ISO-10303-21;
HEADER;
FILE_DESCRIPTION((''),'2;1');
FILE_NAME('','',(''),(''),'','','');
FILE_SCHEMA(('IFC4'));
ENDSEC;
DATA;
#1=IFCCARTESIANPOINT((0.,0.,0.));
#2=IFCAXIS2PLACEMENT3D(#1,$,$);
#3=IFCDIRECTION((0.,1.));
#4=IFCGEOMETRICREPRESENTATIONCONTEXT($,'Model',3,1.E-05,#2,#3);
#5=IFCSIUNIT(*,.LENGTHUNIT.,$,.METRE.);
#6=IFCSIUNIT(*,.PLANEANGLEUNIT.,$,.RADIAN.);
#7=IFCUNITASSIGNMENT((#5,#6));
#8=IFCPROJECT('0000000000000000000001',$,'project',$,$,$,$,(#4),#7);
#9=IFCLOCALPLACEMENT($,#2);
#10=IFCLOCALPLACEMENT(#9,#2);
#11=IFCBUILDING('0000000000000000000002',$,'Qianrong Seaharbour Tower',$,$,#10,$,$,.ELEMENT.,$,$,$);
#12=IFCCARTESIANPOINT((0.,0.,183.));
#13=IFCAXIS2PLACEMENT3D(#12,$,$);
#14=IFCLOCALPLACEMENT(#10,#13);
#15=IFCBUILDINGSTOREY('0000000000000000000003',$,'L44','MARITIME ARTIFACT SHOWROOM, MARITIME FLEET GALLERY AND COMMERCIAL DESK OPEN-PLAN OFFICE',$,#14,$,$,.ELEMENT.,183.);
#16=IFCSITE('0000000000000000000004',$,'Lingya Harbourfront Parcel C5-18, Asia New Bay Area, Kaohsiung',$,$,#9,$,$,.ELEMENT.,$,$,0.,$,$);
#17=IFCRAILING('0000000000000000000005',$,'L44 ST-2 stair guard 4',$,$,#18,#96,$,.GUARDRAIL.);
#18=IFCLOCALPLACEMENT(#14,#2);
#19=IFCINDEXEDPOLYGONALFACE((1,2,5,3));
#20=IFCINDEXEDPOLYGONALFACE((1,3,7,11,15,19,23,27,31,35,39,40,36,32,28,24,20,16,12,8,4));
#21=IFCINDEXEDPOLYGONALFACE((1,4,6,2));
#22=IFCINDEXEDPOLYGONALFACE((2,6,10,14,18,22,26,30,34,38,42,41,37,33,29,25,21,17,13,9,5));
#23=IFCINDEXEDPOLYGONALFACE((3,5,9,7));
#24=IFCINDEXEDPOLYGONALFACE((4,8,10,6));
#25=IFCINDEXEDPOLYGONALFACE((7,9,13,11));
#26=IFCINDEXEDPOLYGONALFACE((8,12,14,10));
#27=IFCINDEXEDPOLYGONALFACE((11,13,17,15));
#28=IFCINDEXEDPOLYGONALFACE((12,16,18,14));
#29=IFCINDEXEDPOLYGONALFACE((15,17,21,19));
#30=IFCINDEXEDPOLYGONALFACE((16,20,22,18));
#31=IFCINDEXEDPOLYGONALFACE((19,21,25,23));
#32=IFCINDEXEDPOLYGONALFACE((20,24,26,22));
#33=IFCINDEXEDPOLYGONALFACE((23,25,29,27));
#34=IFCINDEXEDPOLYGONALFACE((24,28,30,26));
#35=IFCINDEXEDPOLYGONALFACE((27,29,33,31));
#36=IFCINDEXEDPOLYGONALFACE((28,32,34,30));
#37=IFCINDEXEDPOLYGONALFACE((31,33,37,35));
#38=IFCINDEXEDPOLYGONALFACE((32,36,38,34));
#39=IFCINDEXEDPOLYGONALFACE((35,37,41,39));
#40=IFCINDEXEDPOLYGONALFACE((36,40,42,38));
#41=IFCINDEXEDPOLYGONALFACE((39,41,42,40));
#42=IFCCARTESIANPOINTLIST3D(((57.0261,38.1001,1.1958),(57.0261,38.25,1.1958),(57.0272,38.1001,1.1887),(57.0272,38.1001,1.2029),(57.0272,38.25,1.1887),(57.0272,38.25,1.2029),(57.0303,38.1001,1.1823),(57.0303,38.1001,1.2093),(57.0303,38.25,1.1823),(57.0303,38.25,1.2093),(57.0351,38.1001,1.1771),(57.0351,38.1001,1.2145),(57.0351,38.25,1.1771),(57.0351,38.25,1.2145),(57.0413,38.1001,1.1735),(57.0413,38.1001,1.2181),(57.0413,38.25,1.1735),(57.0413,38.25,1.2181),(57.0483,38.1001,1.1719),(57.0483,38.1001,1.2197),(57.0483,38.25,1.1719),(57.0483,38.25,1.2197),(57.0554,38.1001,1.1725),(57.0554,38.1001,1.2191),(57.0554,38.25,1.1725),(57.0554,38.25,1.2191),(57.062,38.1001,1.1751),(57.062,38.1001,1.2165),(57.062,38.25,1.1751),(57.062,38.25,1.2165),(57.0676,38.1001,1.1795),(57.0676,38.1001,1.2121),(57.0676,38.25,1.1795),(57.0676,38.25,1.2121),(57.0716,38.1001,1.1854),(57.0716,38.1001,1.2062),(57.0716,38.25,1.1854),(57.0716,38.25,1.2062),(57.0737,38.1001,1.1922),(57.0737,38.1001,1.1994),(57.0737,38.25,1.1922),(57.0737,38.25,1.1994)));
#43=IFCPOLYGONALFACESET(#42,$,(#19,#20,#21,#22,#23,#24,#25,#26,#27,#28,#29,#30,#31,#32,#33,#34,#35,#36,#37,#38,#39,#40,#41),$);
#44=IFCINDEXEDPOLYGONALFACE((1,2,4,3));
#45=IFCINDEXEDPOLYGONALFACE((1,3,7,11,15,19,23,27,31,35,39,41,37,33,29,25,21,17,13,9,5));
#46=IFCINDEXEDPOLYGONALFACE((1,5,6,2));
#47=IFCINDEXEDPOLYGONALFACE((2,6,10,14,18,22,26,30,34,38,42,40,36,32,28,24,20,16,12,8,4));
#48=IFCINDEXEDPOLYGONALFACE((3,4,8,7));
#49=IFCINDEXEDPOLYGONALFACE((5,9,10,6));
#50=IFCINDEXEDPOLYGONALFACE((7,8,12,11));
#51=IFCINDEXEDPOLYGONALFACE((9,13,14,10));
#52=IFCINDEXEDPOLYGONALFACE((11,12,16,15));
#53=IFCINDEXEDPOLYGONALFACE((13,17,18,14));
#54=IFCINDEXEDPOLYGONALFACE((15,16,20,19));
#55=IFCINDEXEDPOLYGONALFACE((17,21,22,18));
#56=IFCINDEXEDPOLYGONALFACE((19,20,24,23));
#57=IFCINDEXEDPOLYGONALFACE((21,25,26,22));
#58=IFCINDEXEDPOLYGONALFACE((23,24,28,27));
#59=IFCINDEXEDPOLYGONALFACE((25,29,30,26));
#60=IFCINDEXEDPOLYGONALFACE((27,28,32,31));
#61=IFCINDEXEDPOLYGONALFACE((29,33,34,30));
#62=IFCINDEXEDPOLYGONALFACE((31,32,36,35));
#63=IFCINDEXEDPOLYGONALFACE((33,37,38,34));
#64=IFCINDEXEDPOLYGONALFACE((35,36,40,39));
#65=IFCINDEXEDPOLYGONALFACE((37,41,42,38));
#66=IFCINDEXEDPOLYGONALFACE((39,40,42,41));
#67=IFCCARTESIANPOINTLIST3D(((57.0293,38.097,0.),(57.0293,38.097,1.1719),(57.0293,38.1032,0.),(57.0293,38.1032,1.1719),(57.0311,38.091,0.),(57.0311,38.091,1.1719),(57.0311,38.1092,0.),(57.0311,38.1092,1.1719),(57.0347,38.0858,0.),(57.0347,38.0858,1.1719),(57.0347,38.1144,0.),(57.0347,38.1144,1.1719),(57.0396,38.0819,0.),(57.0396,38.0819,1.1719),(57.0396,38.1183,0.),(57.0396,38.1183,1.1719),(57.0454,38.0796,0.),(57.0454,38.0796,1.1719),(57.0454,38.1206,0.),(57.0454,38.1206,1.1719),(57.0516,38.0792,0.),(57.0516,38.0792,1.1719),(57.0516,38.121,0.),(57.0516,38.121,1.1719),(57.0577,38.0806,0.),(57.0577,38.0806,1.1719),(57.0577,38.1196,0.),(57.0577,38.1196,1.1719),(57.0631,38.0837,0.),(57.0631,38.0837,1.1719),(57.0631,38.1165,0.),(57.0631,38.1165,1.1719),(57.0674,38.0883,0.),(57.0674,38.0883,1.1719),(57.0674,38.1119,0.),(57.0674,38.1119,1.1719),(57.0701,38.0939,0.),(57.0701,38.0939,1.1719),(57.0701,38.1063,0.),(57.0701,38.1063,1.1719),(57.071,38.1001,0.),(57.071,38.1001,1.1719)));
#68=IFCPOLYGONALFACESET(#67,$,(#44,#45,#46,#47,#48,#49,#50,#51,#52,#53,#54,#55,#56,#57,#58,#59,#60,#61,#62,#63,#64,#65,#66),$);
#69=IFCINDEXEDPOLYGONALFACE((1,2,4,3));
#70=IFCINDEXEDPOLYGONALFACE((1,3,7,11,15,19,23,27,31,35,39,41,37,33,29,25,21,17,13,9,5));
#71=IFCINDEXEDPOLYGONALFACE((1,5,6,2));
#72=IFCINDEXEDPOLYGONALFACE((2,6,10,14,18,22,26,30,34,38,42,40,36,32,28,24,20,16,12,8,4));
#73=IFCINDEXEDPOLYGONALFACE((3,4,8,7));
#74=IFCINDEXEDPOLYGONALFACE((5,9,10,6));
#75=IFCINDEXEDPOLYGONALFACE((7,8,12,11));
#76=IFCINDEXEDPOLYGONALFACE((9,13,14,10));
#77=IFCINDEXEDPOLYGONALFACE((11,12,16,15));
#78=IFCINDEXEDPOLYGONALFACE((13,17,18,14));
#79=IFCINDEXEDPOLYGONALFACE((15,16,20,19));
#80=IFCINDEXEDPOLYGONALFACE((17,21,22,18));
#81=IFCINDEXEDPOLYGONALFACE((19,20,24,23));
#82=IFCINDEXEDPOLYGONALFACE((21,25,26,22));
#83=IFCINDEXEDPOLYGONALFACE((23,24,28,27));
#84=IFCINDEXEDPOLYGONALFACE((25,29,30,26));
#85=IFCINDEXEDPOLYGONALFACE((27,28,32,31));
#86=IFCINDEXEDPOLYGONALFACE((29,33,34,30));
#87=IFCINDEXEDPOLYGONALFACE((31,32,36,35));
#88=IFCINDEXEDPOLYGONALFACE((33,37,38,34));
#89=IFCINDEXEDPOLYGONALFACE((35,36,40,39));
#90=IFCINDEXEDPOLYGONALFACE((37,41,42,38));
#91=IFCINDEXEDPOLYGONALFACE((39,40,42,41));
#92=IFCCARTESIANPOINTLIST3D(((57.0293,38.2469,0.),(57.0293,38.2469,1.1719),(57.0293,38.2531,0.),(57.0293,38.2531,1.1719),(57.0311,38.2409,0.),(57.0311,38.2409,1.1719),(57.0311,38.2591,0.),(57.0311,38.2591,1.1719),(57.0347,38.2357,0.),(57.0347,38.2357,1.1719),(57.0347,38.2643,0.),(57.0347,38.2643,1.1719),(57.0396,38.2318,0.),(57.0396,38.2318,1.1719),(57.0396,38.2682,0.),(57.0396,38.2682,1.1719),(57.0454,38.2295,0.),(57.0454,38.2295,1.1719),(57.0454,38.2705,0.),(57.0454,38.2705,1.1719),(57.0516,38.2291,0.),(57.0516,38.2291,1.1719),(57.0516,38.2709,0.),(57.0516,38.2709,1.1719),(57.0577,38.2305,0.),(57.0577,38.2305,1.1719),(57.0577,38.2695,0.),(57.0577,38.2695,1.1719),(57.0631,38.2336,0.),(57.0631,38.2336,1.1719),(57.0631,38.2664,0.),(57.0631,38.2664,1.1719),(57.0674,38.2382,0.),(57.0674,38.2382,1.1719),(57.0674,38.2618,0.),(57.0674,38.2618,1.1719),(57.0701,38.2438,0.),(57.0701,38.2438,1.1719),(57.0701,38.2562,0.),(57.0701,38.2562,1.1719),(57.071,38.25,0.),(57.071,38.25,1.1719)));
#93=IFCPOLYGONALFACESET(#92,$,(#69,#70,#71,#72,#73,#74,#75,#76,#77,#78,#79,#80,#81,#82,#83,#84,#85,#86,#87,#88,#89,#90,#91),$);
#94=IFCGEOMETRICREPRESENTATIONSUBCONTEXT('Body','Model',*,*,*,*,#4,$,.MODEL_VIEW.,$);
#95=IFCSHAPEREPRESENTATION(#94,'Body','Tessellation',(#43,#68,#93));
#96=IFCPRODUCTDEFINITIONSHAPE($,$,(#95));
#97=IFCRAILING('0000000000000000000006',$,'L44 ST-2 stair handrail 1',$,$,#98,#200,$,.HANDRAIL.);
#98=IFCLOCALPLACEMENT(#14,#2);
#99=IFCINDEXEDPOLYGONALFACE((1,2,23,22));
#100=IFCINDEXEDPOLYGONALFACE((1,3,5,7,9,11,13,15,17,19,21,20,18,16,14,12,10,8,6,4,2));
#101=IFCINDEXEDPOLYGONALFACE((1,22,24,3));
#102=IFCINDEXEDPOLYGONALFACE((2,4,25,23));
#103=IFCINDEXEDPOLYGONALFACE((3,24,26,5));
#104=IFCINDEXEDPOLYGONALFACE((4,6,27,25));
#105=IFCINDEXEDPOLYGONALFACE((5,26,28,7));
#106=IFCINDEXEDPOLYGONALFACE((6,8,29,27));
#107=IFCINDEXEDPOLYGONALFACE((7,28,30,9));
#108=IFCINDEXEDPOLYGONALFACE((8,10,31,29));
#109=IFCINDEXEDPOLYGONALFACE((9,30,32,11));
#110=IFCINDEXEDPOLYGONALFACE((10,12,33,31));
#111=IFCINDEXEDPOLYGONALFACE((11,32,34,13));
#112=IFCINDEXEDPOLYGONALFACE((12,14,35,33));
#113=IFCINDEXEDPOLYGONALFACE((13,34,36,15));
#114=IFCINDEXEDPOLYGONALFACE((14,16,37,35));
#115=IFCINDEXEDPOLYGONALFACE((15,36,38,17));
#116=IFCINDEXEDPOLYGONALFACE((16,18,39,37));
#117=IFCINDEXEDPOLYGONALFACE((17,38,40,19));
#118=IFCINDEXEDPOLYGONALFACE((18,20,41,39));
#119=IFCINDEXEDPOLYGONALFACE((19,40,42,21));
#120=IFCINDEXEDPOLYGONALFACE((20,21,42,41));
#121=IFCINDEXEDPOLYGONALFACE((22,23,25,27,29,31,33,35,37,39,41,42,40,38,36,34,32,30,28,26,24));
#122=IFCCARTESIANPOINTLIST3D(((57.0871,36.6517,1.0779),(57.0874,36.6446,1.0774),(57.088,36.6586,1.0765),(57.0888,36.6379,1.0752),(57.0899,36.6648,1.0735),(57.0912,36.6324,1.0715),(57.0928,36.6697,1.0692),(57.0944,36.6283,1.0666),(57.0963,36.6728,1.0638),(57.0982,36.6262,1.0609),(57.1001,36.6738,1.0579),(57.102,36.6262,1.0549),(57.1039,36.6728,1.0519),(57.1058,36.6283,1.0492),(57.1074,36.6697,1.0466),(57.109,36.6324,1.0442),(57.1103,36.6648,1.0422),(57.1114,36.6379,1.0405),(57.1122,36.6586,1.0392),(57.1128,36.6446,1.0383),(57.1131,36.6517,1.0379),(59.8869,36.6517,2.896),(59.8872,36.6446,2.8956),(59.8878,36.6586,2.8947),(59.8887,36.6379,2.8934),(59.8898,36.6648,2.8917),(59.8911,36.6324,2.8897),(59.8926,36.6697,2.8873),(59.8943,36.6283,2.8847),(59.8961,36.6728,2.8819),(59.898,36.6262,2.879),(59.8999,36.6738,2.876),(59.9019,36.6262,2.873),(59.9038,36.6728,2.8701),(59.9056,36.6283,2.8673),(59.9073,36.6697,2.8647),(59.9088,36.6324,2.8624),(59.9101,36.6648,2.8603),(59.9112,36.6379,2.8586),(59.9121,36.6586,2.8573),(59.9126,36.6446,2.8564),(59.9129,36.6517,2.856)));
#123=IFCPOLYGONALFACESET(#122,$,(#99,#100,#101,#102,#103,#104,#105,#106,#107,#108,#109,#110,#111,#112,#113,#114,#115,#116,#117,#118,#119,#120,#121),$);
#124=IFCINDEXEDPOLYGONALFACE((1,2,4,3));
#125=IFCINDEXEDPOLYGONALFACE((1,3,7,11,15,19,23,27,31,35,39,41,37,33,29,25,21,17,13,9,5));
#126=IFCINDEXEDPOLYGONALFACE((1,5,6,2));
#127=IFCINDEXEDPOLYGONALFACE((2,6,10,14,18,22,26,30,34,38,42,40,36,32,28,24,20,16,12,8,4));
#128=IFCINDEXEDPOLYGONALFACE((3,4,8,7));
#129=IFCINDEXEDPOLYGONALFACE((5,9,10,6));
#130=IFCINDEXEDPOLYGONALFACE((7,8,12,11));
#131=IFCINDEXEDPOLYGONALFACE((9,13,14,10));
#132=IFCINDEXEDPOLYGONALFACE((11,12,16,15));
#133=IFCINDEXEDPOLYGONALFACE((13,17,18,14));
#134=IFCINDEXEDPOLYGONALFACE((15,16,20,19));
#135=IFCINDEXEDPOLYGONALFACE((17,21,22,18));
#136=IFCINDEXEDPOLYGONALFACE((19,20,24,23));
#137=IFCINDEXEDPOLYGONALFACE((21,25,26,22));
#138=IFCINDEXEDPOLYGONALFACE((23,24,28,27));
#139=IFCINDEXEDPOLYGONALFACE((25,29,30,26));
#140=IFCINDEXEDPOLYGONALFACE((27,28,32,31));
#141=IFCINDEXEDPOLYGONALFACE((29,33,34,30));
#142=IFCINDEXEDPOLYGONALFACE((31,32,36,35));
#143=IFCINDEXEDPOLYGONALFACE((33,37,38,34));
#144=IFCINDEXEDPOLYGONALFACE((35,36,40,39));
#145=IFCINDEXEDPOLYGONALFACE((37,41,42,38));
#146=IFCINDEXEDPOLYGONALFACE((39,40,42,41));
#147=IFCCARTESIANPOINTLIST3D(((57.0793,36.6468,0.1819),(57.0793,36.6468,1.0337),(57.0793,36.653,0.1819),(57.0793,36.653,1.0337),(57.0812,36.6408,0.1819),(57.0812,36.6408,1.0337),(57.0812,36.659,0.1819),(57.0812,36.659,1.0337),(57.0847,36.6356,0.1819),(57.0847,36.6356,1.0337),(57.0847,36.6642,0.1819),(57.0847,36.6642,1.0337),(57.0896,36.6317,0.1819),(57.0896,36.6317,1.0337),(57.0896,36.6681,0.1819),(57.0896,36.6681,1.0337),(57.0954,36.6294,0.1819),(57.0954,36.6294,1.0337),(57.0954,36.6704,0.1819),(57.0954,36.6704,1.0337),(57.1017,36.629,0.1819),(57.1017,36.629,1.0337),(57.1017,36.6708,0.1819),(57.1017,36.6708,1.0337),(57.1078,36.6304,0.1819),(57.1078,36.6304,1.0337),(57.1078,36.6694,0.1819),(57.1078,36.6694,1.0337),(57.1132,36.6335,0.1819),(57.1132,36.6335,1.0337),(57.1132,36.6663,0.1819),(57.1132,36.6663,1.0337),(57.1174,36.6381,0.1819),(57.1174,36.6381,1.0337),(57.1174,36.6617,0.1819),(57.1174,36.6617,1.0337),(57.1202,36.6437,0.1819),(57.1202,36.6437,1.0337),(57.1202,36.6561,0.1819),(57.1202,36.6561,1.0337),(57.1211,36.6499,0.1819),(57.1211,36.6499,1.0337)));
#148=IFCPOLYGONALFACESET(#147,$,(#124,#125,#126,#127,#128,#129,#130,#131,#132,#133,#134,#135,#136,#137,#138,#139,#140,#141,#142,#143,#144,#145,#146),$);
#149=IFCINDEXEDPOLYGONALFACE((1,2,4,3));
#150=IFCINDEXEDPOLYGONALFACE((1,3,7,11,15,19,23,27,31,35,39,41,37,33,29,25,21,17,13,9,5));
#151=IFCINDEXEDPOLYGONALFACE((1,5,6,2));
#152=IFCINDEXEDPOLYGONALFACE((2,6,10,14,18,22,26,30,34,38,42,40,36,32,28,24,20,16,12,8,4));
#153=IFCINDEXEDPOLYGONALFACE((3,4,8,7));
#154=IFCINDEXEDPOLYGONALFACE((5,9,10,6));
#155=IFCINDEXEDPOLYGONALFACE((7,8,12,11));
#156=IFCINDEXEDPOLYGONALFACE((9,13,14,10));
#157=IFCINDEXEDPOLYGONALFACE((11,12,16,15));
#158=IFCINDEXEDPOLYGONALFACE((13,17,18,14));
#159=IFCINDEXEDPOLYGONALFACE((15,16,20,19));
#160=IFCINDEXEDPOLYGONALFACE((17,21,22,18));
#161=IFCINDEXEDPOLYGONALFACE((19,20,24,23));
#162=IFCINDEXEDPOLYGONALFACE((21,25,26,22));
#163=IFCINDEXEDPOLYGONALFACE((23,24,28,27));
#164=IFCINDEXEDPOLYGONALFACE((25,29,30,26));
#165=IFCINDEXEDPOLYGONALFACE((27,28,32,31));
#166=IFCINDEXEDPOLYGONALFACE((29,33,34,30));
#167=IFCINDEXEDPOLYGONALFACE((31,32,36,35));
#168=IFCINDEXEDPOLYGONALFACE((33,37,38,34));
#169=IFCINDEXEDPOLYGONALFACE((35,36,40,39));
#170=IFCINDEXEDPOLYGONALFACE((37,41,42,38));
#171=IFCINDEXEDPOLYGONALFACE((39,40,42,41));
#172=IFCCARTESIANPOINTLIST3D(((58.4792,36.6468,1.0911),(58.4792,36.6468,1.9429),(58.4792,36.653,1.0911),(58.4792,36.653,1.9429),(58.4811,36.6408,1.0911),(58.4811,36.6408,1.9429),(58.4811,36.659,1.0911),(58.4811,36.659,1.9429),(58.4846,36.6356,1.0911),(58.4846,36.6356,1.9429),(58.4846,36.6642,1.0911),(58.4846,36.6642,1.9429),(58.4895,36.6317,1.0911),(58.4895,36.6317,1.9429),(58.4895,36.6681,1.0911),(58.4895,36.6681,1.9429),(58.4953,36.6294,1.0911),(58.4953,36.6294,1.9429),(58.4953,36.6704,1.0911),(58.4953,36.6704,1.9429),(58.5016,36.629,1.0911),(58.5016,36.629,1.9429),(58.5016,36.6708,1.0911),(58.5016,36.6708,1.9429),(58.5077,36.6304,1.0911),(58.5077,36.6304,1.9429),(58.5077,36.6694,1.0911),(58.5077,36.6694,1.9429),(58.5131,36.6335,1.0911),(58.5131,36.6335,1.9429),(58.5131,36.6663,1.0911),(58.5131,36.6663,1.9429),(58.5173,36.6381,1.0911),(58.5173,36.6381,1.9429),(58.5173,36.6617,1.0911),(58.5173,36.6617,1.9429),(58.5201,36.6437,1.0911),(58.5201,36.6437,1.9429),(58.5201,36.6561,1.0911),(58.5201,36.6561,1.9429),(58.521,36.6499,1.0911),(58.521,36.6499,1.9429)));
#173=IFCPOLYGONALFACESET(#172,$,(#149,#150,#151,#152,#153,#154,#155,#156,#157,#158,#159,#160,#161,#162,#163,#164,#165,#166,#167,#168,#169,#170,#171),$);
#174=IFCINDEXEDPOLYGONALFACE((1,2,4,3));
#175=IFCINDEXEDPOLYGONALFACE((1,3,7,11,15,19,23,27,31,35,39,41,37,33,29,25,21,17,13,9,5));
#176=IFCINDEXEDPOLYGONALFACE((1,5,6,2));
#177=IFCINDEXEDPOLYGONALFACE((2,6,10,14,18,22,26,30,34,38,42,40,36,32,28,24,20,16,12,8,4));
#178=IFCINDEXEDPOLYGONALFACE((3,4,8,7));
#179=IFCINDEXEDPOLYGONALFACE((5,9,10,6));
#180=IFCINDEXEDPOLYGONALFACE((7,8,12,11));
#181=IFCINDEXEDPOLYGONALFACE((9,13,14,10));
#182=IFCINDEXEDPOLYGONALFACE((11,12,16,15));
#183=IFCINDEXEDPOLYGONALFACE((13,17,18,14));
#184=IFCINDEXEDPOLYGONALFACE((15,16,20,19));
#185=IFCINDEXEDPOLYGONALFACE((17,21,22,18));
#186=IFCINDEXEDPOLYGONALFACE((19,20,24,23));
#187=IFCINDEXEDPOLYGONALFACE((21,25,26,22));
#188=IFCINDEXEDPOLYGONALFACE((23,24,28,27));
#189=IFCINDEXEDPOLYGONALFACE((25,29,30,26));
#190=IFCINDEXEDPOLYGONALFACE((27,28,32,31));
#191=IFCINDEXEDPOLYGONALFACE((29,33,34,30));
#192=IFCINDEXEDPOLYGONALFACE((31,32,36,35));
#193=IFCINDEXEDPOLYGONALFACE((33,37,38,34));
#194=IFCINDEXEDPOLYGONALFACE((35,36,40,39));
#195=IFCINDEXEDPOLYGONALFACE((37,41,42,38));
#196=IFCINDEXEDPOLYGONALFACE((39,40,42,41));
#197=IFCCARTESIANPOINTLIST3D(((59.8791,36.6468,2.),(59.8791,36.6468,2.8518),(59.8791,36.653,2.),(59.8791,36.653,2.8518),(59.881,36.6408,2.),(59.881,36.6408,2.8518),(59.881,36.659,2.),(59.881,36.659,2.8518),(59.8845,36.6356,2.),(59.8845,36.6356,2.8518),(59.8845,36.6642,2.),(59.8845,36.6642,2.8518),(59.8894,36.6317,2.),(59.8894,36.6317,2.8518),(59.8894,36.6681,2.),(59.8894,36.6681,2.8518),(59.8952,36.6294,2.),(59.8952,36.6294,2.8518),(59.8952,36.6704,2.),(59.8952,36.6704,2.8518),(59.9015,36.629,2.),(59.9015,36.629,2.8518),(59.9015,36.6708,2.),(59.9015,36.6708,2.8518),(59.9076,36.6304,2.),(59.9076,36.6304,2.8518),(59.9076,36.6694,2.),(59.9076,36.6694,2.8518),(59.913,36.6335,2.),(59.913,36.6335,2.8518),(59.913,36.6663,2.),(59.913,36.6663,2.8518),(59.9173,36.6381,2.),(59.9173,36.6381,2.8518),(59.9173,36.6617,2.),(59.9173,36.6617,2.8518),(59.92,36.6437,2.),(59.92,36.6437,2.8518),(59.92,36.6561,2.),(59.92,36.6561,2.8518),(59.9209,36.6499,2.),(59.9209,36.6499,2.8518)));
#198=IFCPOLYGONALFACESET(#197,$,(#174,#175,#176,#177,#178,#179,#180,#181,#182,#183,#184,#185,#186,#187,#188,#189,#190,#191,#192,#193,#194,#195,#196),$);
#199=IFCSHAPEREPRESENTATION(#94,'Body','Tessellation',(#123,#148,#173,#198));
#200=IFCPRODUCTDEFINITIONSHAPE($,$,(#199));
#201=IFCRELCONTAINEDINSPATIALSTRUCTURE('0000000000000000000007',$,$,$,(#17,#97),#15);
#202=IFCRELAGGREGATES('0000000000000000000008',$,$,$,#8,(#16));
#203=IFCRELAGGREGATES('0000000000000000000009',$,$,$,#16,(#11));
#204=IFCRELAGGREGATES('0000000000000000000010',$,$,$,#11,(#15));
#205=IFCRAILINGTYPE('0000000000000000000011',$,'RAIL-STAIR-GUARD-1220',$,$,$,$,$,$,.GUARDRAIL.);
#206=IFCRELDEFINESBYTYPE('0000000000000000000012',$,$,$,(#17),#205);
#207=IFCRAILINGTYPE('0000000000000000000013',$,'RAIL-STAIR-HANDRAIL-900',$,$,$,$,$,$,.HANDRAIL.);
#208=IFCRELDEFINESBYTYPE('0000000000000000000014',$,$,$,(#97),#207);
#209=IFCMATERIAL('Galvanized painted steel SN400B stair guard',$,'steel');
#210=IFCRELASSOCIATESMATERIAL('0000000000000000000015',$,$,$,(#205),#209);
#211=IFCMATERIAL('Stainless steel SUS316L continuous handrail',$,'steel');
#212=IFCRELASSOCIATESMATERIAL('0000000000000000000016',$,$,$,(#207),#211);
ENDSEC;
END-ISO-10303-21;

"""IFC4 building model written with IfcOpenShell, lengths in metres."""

from ifc_helpers import new_model, si_unit, direction, frame, origin, origin_2d, place, context, subcontext, project, spatial, circle, extrude, material, type_object, element, save


model = new_model("IFC4")

# Units and contexts
model_context = context("Model", 3, precision=1e-05, world=origin(), true_north=direction((0.0, 1.0)))
body_context = subcontext(model_context, "Body", "Model", "MODEL_VIEW")
ifc_project = project(units=[si_unit("LENGTHUNIT", "METRE"), si_unit("PLANEANGLEUNIT", "RADIAN")], contexts=[model_context])

# Site, building, storey
site_placement = place(None, origin())
site = spatial("IfcSite", under=ifc_project, at=site_placement, Name="Lingya Harbourfront Parcel C5-18, Asia New Bay Area, Kaohsiung", CompositionType="ELEMENT", RefElevation=0.0)
building_placement = place(site_placement, origin())
building = spatial("IfcBuilding", under=site, at=building_placement, Name="Qianrong Seaharbour Tower", CompositionType="ELEMENT")
storey_placement = place(building_placement, frame((0.0, 0.0, 183.0)))
storey = spatial("IfcBuildingStorey", under=building, at=storey_placement, Name="L44", Description="MARITIME ARTIFACT SHOWROOM, MARITIME FLEET GALLERY AND COMMERCIAL DESK OPEN-PLAN OFFICE", CompositionType="ELEMENT", Elevation=183.0)

# Railings
ifc_material_1 = material(Name="Galvanized painted steel SN400B stair guard", Category="steel")
railing_type_1 = type_object("IfcRailingType", Name="RAIL-STAIR-GUARD-1220", PredefinedType="GUARDRAIL", material=ifc_material_1)
railing_1_placement = place(storey_placement, frame((57.05, 38.1001, 0.0)))
element("IfcRailing", 1, at=railing_1_placement, inside=storey, type_object=railing_type_1, Name="L44 ST-2 stair guard 4", PredefinedType="GUARDRAIL", context=body_context, shape_type="SweptSolid", body=[
    extrude(circle(Radius=0.0239, at=origin_2d()), frame((0.0, 0.0, 1.1958), z_axis=(0.0, 1.0, 0.0), x_axis=(-1.0, 0.0, 0.0)), (0.0, 0.0, 1.0), 0.1499),
    extrude(circle(Radius=0.021, at=origin_2d()), origin(), (0.0, 0.0, 1.0), 1.1719),
    extrude(circle(Radius=0.021, at=origin_2d()), frame((0.0, 0.1499, 0.0)), (0.0, 0.0, 1.0), 1.1719),
])
ifc_material_2 = material(Name="Stainless steel SUS316L continuous handrail", Category="steel")
railing_type_2 = type_object("IfcRailingType", Name="RAIL-STAIR-HANDRAIL-900", PredefinedType="HANDRAIL", material=ifc_material_2)
railing_2_placement = place(storey_placement, frame((57.1001, 36.6499, 0.1819)))
element("IfcRailing", 2, at=railing_2_placement, inside=storey, type_object=railing_type_2, Name="L44 ST-2 stair handrail 1", PredefinedType="HANDRAIL", context=body_context, shape_type="SweptSolid", body=[
    extrude(circle(Radius=0.0239, at=origin_2d()), frame((0.0, 0.0, 0.876), z_axis=(0.838684, 0.0, 0.544618), x_axis=(0.0, 1.0, 0.0)), (0.0, 0.0, 1.0), 3.3384),
    extrude(circle(Radius=0.021, at=origin_2d()), origin(), (0.0, 0.0, 1.0), 0.8518),
    extrude(circle(Radius=0.021, at=origin_2d()), frame((1.3999, 0.0, 0.9092)), (0.0, 0.0, 1.0), 0.8518),
    extrude(circle(Radius=0.021, at=origin_2d()), frame((2.7998, 0.0, 1.8181)), (0.0, 0.0, 1.0), 0.8518),
])

save(model, "model.ifc")
